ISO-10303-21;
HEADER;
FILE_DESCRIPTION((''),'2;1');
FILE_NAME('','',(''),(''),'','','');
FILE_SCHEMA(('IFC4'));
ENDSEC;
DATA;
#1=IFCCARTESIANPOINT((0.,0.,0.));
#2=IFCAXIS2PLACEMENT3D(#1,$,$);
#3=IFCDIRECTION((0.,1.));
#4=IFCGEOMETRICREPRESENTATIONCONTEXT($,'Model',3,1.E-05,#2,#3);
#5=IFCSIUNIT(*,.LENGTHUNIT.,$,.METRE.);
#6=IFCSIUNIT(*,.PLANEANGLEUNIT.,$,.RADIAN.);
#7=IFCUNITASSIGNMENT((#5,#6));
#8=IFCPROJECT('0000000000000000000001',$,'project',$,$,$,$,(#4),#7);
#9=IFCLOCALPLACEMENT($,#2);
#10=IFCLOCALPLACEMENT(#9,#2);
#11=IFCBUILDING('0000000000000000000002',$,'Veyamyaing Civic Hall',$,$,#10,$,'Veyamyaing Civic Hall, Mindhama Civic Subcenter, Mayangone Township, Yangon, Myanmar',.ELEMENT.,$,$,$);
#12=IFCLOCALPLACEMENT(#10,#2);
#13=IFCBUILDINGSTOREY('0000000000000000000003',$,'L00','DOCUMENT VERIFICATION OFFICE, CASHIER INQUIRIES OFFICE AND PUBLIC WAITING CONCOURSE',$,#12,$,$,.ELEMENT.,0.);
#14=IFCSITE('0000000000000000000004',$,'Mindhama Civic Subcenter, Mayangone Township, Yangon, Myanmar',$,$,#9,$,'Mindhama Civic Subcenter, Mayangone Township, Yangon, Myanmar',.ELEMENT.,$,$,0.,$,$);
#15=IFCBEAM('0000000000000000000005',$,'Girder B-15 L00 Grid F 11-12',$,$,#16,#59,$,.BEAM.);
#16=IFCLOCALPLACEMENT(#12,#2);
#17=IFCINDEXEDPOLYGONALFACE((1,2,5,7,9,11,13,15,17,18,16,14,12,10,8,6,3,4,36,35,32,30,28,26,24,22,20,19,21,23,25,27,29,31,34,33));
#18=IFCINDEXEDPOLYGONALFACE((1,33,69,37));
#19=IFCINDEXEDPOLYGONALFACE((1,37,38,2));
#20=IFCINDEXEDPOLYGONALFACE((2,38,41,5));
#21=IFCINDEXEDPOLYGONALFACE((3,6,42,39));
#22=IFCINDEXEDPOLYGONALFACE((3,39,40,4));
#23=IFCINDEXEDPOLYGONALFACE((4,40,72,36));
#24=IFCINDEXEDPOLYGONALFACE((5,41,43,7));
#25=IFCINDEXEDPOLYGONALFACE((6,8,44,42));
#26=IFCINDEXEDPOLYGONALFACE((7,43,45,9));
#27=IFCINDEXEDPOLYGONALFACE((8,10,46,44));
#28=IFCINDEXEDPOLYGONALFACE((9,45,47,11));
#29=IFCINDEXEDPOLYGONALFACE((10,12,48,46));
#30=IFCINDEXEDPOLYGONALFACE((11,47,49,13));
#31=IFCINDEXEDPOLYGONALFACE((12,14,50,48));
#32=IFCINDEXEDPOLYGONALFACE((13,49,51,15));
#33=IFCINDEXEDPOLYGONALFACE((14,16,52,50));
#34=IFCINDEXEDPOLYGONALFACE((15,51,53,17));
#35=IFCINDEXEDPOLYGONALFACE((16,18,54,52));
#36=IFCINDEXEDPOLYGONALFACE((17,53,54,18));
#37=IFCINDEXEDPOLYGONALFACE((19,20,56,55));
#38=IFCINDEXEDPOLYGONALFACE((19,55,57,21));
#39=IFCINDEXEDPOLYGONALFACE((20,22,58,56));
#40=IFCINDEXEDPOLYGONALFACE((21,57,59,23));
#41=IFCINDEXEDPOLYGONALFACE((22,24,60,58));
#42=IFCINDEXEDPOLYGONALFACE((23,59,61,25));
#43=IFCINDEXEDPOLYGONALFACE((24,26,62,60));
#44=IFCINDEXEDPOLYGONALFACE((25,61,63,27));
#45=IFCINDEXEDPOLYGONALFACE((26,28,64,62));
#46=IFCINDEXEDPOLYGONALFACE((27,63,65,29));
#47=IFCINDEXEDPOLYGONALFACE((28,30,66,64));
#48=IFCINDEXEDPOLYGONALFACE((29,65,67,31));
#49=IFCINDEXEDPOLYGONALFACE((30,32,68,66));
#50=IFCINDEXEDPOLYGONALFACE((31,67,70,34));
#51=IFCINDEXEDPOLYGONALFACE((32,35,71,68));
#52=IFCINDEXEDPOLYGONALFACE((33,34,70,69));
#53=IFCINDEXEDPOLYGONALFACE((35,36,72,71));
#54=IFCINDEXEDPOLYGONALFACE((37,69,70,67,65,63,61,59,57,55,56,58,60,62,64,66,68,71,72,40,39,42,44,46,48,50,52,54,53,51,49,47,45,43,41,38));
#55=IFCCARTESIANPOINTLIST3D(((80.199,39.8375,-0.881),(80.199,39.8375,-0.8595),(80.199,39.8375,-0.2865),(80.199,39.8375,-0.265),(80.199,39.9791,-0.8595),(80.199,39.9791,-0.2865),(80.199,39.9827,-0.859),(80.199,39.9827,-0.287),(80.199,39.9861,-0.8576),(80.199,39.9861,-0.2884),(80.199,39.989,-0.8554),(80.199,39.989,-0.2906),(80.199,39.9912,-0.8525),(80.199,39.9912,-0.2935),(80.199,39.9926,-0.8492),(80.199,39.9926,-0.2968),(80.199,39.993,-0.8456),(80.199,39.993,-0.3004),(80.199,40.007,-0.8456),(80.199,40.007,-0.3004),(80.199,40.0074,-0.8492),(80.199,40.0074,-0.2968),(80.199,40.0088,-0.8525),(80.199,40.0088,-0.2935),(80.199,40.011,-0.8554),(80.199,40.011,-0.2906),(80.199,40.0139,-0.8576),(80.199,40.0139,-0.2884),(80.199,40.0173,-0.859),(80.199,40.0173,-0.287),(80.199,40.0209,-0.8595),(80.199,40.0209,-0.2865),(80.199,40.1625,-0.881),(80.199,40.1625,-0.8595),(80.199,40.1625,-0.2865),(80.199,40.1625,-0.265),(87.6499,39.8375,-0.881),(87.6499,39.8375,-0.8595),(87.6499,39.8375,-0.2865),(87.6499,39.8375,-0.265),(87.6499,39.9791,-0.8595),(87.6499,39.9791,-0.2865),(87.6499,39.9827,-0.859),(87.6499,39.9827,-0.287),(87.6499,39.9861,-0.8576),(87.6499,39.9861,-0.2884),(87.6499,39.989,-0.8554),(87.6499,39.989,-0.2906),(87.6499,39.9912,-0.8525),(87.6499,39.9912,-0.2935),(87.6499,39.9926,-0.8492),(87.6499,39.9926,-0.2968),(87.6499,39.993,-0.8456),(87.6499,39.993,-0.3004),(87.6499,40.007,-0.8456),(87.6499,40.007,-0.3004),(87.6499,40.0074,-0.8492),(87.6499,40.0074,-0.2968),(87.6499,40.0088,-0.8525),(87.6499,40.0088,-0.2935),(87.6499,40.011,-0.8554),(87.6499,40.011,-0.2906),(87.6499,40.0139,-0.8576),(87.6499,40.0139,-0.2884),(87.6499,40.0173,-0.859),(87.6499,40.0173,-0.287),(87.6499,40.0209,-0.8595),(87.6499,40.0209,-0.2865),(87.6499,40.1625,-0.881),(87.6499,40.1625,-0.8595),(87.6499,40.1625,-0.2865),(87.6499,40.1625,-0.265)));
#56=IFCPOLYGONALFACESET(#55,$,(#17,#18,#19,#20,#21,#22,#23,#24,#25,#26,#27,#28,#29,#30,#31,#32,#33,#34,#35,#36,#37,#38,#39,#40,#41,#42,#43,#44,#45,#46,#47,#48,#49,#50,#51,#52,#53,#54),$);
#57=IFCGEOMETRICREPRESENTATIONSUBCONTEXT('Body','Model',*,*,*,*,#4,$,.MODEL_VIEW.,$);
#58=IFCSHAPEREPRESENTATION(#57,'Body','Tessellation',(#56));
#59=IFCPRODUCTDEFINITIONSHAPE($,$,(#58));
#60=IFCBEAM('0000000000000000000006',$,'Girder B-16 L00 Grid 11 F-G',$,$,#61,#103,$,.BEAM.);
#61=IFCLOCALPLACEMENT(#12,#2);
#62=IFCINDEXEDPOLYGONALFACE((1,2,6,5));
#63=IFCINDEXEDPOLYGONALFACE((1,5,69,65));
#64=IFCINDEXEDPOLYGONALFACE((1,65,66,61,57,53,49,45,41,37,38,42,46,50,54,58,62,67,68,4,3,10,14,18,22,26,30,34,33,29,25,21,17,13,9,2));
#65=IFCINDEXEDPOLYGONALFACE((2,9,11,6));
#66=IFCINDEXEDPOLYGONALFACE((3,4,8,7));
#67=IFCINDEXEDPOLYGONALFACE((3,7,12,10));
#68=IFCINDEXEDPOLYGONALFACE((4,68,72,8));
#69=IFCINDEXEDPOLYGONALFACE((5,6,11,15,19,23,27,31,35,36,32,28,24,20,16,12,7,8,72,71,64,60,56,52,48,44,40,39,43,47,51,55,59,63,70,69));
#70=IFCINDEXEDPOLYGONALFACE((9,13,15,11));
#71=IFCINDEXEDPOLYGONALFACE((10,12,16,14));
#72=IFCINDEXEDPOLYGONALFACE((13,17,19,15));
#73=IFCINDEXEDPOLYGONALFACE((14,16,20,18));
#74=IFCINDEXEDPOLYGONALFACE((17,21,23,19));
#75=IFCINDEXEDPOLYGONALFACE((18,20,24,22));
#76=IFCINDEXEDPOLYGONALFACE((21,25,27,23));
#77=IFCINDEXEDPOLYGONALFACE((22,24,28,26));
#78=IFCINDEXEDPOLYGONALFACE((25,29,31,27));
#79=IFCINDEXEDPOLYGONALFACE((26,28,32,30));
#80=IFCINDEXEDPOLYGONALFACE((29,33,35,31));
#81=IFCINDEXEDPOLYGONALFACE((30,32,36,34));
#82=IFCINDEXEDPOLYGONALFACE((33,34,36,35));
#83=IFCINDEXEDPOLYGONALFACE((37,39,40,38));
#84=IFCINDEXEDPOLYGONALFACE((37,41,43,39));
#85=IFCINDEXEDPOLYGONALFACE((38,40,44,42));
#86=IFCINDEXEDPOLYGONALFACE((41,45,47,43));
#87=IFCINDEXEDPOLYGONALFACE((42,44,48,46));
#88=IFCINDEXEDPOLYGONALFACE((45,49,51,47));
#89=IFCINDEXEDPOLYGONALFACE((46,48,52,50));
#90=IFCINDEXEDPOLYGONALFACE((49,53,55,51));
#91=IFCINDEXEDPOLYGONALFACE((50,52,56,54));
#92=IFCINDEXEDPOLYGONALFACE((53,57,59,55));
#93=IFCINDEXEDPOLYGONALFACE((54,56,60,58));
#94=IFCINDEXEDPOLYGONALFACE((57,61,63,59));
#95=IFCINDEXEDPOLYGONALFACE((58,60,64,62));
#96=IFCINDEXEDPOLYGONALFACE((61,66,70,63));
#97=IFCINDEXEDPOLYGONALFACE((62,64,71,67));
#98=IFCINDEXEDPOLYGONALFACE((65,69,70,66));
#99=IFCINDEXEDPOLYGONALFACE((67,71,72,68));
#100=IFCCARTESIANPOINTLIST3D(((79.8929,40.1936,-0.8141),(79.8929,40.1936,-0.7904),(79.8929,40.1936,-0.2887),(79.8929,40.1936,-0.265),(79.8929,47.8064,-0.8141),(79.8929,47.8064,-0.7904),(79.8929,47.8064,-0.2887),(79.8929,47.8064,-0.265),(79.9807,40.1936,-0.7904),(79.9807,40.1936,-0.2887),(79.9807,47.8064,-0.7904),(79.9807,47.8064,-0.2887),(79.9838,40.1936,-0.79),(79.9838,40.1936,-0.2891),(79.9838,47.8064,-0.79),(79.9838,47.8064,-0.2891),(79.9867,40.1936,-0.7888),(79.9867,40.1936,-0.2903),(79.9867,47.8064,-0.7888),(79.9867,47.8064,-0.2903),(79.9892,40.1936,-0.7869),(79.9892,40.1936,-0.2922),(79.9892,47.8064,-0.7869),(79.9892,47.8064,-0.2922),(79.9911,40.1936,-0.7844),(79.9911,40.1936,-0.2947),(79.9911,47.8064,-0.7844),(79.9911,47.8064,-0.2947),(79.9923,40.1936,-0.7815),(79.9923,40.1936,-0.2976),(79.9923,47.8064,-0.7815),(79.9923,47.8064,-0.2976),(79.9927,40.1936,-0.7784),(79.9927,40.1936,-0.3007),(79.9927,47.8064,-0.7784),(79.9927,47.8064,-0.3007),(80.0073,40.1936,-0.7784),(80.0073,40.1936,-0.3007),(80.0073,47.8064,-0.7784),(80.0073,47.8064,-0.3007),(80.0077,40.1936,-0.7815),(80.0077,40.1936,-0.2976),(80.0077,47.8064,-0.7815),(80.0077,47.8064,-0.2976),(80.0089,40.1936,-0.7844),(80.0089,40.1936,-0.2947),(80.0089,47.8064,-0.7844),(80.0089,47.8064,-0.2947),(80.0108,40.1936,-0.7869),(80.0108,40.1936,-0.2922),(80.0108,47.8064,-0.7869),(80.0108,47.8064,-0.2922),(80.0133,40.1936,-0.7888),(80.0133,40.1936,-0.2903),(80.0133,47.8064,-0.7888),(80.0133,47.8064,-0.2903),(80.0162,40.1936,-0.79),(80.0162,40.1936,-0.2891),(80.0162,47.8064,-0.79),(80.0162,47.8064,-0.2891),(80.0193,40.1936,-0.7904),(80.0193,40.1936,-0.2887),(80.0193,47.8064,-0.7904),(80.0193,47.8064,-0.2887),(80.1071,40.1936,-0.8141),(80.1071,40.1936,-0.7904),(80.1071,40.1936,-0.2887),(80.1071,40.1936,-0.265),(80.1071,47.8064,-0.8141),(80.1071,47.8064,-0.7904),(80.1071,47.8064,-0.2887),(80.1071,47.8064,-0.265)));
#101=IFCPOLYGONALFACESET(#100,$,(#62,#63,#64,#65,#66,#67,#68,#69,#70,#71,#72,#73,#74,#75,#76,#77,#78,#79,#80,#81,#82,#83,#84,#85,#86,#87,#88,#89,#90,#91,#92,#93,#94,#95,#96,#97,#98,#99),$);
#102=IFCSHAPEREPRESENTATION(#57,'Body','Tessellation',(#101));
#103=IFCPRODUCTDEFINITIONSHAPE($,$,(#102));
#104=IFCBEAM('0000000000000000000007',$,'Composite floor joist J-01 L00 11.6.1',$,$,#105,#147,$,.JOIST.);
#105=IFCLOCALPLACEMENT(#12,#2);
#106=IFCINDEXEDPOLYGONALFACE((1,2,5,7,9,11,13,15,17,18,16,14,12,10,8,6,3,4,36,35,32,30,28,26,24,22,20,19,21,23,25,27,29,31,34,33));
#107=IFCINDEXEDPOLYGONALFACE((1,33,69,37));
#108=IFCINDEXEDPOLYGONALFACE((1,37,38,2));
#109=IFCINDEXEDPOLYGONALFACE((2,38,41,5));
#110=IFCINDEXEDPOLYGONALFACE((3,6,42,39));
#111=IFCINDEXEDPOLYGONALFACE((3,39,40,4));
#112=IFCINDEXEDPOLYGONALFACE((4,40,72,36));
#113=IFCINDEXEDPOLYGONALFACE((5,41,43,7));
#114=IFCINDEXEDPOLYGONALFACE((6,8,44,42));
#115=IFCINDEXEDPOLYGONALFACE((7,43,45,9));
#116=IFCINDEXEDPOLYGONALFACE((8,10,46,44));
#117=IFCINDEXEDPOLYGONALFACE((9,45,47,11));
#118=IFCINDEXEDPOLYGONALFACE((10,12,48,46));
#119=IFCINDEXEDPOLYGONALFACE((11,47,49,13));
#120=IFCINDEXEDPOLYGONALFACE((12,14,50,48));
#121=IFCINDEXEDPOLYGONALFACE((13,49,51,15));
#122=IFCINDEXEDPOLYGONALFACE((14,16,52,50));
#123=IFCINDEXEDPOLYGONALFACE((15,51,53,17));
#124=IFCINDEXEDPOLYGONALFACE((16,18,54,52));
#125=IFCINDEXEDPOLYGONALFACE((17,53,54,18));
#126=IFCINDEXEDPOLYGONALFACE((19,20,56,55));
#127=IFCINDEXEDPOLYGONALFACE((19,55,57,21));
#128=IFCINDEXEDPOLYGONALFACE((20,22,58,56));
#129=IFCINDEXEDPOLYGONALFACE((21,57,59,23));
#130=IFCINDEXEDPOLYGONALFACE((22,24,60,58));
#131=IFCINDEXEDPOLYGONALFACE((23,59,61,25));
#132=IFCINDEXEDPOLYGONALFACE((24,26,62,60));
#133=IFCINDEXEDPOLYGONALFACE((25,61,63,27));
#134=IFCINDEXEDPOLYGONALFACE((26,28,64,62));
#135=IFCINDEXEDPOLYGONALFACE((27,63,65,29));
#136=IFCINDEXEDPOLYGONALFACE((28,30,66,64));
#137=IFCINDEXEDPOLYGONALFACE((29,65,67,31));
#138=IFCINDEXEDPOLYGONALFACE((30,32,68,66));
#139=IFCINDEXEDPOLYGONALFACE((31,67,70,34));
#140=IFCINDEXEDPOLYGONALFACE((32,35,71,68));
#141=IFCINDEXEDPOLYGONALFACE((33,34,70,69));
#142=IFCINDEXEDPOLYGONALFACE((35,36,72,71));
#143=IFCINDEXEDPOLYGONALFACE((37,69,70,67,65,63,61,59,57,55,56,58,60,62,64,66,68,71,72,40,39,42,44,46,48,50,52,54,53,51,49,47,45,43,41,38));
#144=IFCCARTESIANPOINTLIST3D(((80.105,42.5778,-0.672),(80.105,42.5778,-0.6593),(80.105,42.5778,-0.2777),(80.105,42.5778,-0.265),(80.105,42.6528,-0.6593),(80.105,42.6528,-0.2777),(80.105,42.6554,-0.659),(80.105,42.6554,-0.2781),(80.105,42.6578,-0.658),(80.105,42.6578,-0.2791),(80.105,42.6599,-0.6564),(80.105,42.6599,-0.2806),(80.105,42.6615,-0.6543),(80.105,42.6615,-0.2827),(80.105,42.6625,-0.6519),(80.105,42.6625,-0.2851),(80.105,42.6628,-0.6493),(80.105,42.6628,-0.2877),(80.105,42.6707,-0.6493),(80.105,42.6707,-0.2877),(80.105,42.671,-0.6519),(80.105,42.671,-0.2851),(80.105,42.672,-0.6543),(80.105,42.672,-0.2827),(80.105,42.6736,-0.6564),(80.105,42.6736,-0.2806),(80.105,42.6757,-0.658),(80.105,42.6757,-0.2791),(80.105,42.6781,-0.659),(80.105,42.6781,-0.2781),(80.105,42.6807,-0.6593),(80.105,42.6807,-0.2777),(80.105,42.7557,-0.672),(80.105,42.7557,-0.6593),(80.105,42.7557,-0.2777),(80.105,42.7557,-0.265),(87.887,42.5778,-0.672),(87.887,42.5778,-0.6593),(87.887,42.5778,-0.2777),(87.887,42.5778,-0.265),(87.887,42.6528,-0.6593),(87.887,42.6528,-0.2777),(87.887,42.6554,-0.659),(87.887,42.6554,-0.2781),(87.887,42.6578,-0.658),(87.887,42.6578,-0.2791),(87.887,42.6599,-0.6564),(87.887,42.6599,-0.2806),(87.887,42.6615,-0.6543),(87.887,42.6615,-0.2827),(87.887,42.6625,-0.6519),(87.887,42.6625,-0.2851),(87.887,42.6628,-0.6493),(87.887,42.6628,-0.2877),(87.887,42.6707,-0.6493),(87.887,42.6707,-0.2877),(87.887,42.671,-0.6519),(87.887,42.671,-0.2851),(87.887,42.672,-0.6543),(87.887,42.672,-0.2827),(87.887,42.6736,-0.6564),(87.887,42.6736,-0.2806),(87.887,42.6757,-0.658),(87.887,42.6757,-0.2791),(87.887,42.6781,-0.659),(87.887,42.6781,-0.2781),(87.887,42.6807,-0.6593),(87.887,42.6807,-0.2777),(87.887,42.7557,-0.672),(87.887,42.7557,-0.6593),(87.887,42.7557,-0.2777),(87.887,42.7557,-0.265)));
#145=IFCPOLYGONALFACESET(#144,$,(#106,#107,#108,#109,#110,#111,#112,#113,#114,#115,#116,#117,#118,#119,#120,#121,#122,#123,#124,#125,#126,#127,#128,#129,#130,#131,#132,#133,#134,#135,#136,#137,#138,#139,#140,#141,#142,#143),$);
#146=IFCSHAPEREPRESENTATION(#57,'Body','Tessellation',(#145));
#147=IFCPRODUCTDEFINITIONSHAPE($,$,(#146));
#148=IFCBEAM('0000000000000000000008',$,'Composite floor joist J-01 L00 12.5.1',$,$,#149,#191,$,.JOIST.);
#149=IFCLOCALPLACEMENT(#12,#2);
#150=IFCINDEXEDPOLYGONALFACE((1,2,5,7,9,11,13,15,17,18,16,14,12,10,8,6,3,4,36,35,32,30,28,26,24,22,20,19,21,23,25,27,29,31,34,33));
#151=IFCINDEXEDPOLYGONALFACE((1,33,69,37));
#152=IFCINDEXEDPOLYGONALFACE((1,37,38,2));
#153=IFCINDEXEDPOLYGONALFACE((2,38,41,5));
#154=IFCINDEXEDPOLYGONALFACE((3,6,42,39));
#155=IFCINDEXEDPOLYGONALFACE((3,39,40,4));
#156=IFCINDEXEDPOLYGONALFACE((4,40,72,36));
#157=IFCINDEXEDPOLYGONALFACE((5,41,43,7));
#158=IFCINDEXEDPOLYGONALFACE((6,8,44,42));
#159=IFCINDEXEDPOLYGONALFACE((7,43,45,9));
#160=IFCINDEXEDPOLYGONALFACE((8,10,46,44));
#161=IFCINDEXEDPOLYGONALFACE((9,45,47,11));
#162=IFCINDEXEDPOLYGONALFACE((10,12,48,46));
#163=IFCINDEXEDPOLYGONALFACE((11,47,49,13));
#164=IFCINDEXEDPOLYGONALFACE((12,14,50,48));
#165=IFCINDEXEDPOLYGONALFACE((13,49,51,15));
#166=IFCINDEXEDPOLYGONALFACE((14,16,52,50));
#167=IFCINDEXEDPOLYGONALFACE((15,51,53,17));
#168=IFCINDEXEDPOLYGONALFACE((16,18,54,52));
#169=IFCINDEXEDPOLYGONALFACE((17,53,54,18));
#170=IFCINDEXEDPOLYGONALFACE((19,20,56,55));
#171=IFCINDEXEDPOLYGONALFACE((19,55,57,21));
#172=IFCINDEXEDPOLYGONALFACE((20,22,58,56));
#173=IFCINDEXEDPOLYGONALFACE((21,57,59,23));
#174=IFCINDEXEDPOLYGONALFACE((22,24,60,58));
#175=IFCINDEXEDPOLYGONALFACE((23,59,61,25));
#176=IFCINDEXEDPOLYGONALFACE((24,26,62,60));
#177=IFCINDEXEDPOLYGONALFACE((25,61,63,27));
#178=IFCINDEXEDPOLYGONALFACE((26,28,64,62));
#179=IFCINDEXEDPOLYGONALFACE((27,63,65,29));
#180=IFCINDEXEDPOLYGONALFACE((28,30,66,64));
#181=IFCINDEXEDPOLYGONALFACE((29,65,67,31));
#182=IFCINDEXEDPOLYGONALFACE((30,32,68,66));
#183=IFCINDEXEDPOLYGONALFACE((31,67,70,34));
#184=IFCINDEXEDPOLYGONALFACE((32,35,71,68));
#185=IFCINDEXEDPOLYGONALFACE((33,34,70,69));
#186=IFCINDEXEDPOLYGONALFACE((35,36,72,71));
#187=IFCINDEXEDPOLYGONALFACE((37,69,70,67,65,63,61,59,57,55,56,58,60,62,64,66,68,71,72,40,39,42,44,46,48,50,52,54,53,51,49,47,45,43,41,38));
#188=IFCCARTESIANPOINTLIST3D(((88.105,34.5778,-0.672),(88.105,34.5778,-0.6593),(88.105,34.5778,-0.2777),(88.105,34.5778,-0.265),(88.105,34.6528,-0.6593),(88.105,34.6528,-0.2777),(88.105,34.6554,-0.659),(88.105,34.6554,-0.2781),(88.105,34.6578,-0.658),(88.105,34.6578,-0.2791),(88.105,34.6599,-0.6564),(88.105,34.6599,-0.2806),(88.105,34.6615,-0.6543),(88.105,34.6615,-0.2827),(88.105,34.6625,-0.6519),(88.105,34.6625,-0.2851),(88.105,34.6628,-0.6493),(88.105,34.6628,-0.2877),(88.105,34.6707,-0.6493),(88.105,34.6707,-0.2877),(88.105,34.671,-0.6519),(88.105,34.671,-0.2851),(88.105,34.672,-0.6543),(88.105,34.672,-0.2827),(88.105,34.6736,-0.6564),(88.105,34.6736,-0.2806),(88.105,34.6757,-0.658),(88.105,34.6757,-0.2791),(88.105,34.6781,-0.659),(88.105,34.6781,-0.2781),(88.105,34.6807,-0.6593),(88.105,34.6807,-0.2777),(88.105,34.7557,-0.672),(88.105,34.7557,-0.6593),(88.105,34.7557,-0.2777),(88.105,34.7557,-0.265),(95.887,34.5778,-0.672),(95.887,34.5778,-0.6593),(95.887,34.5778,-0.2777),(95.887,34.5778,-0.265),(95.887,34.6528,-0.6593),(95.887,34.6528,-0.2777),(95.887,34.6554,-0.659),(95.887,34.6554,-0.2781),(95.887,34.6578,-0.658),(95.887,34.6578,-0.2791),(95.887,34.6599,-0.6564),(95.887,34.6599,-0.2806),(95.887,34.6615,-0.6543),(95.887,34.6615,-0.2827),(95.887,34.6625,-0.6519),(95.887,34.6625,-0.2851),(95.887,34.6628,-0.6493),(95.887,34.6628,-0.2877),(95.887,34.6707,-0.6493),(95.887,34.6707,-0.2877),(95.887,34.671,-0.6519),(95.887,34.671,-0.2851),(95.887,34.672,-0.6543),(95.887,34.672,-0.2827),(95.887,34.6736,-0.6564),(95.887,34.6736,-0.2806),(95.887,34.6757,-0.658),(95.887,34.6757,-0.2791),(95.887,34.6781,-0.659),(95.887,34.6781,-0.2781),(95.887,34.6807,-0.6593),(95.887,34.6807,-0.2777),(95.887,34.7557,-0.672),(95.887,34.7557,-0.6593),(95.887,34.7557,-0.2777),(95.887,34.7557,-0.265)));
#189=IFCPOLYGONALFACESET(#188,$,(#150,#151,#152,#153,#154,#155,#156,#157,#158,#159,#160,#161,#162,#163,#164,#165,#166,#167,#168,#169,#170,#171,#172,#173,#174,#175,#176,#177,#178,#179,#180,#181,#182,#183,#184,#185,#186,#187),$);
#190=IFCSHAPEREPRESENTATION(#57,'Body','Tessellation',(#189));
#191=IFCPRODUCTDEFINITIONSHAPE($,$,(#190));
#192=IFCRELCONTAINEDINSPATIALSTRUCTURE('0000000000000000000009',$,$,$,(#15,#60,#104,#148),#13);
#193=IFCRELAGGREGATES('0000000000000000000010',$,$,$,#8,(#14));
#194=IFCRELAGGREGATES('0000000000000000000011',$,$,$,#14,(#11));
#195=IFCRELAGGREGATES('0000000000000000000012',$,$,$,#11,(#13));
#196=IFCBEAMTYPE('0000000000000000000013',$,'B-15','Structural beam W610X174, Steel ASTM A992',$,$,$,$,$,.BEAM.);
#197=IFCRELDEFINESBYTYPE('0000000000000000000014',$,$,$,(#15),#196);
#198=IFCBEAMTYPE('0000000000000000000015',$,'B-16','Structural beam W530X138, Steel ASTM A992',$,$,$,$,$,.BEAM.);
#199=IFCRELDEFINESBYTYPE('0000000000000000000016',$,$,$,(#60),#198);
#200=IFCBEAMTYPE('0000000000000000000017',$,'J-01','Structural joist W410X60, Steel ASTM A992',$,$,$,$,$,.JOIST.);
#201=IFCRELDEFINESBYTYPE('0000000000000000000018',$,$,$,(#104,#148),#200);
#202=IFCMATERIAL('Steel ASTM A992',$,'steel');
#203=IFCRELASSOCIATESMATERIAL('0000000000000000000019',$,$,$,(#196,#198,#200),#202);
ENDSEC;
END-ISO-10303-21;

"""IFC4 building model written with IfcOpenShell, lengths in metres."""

from ifc_helpers import new_model, si_unit, direction, frame, origin, origin_2d, place, context, subcontext, project, spatial, i_section, extrude, material, material_profile, profile_set, type_object, element, save


model = new_model("IFC4")

# Units and contexts
model_context = context("Model", 3, precision=1e-05, world=origin(), true_north=direction((0.0, 1.0)))
body_context = subcontext(model_context, "Body", "Model", "MODEL_VIEW")
ifc_project = project(units=[si_unit("LENGTHUNIT", "METRE"), si_unit("PLANEANGLEUNIT", "RADIAN")], contexts=[model_context])

# Site, building, storey
site_placement = place(None, origin())
site = spatial("IfcSite", under=ifc_project, at=site_placement, Name="Mindhama Civic Subcenter, Mayangone Township, Yangon, Myanmar", LongName="Mindhama Civic Subcenter, Mayangone Township, Yangon, Myanmar", CompositionType="ELEMENT", RefElevation=0.0)
building_placement = place(site_placement, origin())
building = spatial("IfcBuilding", under=site, at=building_placement, Name="Veyamyaing Civic Hall", LongName="Veyamyaing Civic Hall, Mindhama Civic Subcenter, Mayangone Township, Yangon, Myanmar", CompositionType="ELEMENT")
storey_placement = place(building_placement, origin())
storey = spatial("IfcBuildingStorey", under=building, at=storey_placement, Name="L00", Description="DOCUMENT VERIFICATION OFFICE, CASHIER INQUIRIES OFFICE AND PUBLIC WAITING CONCOURSE", CompositionType="ELEMENT", Elevation=0.0)

# Beams
ifc_material_1 = material(Name="Steel ASTM A992", Category="steel")
ifc_material_profile_1 = material_profile(ifc_material_1, i_section(OverallWidth=0.325, OverallDepth=0.616, WebThickness=0.0139, FlangeThickness=0.0215, FilletRadius=0.0139, at=origin_2d()), Name="W610X174")
ifc_profile_set_1 = profile_set([ifc_material_profile_1], Name="Steel ASTM A992")
beam_type_1 = type_object("IfcBeamType", Name="B-15", Description="Structural beam W610X174, Steel ASTM A992", PredefinedType="BEAM", material=ifc_profile_set_1)
beam_1_placement = place(storey_placement, frame((80.199, 40.0, -0.573), z_axis=(1.0, 0.0, 0.0), x_axis=(0.0, 1.0, 0.0)))
element("IfcBeam", 1, at=beam_1_placement, inside=storey, type_object=beam_type_1, Name="Girder B-15 L00 Grid F 11-12", PredefinedType="BEAM", context=body_context, shape_type="SweptSolid", body=[
    extrude(i_section(OverallWidth=0.325, OverallDepth=0.616, WebThickness=0.0139, FlangeThickness=0.0215, FilletRadius=0.0139, at=origin_2d()), origin(), (0.0, 0.0, 1.0), 7.4509),
])
ifc_material_profile_2 = material_profile(ifc_material_1, i_section(OverallWidth=0.2141, OverallDepth=0.5491, WebThickness=0.0146, FlangeThickness=0.0237, FilletRadius=0.012, at=origin_2d()), Name="W530X138")
ifc_profile_set_2 = profile_set([ifc_material_profile_2], Name="Steel ASTM A992")
beam_type_2 = type_object("IfcBeamType", Name="B-16", Description="Structural beam W530X138, Steel ASTM A992", PredefinedType="BEAM", material=ifc_profile_set_2)
beam_2_placement = place(storey_placement, frame((80.0, 40.1936, -0.5396), z_axis=(0.0, 1.0, 0.0), x_axis=(-1.0, 0.0, 0.0)))
element("IfcBeam", 2, at=beam_2_placement, inside=storey, type_object=beam_type_2, Name="Girder B-16 L00 Grid 11 F-G", PredefinedType="BEAM", context=body_context, shape_type="SweptSolid", body=[
    extrude(i_section(OverallWidth=0.2141, OverallDepth=0.5491, WebThickness=0.0146, FlangeThickness=0.0237, FilletRadius=0.012, at=origin_2d()), origin(), (0.0, 0.0, 1.0), 7.6128),
])
ifc_material_profile_3 = material_profile(ifc_material_1, i_section(OverallWidth=0.178, OverallDepth=0.407, WebThickness=0.0078, FlangeThickness=0.0127, FilletRadius=0.01, at=origin_2d()), Name="W410X60")
ifc_profile_set_3 = profile_set([ifc_material_profile_3], Name="Steel ASTM A992")
beam_type_3 = type_object("IfcBeamType", Name="J-01", Description="Structural joist W410X60, Steel ASTM A992", PredefinedType="JOIST", material=ifc_profile_set_3)
for number, where, z_axis, x_axis, name in (
    (3, (80.105, 42.6667, -0.4685), (1.0, 0.0, 0.0), (0.0, 1.0, 0.0), "Composite floor joist J-01 L00 11.6.1"),
    (4, (88.105, 34.6667, -0.4685), (1.0, 0.0, 0.0), (0.0, 1.0, 0.0), "Composite floor joist J-01 L00 12.5.1"),
):
    element("IfcBeam", number, at=place(storey_placement, frame(where, z_axis=z_axis, x_axis=x_axis)), inside=storey, type_object=beam_type_3, Name=name, PredefinedType="JOIST", context=body_context, shape_type="SweptSolid", body=[
        extrude(i_section(OverallWidth=0.178, OverallDepth=0.407, WebThickness=0.0078, FlangeThickness=0.0127, FilletRadius=0.01, at=origin_2d()), origin(), (0.0, 0.0, 1.0), 7.782),
    ])

save(model, "model.ifc")
